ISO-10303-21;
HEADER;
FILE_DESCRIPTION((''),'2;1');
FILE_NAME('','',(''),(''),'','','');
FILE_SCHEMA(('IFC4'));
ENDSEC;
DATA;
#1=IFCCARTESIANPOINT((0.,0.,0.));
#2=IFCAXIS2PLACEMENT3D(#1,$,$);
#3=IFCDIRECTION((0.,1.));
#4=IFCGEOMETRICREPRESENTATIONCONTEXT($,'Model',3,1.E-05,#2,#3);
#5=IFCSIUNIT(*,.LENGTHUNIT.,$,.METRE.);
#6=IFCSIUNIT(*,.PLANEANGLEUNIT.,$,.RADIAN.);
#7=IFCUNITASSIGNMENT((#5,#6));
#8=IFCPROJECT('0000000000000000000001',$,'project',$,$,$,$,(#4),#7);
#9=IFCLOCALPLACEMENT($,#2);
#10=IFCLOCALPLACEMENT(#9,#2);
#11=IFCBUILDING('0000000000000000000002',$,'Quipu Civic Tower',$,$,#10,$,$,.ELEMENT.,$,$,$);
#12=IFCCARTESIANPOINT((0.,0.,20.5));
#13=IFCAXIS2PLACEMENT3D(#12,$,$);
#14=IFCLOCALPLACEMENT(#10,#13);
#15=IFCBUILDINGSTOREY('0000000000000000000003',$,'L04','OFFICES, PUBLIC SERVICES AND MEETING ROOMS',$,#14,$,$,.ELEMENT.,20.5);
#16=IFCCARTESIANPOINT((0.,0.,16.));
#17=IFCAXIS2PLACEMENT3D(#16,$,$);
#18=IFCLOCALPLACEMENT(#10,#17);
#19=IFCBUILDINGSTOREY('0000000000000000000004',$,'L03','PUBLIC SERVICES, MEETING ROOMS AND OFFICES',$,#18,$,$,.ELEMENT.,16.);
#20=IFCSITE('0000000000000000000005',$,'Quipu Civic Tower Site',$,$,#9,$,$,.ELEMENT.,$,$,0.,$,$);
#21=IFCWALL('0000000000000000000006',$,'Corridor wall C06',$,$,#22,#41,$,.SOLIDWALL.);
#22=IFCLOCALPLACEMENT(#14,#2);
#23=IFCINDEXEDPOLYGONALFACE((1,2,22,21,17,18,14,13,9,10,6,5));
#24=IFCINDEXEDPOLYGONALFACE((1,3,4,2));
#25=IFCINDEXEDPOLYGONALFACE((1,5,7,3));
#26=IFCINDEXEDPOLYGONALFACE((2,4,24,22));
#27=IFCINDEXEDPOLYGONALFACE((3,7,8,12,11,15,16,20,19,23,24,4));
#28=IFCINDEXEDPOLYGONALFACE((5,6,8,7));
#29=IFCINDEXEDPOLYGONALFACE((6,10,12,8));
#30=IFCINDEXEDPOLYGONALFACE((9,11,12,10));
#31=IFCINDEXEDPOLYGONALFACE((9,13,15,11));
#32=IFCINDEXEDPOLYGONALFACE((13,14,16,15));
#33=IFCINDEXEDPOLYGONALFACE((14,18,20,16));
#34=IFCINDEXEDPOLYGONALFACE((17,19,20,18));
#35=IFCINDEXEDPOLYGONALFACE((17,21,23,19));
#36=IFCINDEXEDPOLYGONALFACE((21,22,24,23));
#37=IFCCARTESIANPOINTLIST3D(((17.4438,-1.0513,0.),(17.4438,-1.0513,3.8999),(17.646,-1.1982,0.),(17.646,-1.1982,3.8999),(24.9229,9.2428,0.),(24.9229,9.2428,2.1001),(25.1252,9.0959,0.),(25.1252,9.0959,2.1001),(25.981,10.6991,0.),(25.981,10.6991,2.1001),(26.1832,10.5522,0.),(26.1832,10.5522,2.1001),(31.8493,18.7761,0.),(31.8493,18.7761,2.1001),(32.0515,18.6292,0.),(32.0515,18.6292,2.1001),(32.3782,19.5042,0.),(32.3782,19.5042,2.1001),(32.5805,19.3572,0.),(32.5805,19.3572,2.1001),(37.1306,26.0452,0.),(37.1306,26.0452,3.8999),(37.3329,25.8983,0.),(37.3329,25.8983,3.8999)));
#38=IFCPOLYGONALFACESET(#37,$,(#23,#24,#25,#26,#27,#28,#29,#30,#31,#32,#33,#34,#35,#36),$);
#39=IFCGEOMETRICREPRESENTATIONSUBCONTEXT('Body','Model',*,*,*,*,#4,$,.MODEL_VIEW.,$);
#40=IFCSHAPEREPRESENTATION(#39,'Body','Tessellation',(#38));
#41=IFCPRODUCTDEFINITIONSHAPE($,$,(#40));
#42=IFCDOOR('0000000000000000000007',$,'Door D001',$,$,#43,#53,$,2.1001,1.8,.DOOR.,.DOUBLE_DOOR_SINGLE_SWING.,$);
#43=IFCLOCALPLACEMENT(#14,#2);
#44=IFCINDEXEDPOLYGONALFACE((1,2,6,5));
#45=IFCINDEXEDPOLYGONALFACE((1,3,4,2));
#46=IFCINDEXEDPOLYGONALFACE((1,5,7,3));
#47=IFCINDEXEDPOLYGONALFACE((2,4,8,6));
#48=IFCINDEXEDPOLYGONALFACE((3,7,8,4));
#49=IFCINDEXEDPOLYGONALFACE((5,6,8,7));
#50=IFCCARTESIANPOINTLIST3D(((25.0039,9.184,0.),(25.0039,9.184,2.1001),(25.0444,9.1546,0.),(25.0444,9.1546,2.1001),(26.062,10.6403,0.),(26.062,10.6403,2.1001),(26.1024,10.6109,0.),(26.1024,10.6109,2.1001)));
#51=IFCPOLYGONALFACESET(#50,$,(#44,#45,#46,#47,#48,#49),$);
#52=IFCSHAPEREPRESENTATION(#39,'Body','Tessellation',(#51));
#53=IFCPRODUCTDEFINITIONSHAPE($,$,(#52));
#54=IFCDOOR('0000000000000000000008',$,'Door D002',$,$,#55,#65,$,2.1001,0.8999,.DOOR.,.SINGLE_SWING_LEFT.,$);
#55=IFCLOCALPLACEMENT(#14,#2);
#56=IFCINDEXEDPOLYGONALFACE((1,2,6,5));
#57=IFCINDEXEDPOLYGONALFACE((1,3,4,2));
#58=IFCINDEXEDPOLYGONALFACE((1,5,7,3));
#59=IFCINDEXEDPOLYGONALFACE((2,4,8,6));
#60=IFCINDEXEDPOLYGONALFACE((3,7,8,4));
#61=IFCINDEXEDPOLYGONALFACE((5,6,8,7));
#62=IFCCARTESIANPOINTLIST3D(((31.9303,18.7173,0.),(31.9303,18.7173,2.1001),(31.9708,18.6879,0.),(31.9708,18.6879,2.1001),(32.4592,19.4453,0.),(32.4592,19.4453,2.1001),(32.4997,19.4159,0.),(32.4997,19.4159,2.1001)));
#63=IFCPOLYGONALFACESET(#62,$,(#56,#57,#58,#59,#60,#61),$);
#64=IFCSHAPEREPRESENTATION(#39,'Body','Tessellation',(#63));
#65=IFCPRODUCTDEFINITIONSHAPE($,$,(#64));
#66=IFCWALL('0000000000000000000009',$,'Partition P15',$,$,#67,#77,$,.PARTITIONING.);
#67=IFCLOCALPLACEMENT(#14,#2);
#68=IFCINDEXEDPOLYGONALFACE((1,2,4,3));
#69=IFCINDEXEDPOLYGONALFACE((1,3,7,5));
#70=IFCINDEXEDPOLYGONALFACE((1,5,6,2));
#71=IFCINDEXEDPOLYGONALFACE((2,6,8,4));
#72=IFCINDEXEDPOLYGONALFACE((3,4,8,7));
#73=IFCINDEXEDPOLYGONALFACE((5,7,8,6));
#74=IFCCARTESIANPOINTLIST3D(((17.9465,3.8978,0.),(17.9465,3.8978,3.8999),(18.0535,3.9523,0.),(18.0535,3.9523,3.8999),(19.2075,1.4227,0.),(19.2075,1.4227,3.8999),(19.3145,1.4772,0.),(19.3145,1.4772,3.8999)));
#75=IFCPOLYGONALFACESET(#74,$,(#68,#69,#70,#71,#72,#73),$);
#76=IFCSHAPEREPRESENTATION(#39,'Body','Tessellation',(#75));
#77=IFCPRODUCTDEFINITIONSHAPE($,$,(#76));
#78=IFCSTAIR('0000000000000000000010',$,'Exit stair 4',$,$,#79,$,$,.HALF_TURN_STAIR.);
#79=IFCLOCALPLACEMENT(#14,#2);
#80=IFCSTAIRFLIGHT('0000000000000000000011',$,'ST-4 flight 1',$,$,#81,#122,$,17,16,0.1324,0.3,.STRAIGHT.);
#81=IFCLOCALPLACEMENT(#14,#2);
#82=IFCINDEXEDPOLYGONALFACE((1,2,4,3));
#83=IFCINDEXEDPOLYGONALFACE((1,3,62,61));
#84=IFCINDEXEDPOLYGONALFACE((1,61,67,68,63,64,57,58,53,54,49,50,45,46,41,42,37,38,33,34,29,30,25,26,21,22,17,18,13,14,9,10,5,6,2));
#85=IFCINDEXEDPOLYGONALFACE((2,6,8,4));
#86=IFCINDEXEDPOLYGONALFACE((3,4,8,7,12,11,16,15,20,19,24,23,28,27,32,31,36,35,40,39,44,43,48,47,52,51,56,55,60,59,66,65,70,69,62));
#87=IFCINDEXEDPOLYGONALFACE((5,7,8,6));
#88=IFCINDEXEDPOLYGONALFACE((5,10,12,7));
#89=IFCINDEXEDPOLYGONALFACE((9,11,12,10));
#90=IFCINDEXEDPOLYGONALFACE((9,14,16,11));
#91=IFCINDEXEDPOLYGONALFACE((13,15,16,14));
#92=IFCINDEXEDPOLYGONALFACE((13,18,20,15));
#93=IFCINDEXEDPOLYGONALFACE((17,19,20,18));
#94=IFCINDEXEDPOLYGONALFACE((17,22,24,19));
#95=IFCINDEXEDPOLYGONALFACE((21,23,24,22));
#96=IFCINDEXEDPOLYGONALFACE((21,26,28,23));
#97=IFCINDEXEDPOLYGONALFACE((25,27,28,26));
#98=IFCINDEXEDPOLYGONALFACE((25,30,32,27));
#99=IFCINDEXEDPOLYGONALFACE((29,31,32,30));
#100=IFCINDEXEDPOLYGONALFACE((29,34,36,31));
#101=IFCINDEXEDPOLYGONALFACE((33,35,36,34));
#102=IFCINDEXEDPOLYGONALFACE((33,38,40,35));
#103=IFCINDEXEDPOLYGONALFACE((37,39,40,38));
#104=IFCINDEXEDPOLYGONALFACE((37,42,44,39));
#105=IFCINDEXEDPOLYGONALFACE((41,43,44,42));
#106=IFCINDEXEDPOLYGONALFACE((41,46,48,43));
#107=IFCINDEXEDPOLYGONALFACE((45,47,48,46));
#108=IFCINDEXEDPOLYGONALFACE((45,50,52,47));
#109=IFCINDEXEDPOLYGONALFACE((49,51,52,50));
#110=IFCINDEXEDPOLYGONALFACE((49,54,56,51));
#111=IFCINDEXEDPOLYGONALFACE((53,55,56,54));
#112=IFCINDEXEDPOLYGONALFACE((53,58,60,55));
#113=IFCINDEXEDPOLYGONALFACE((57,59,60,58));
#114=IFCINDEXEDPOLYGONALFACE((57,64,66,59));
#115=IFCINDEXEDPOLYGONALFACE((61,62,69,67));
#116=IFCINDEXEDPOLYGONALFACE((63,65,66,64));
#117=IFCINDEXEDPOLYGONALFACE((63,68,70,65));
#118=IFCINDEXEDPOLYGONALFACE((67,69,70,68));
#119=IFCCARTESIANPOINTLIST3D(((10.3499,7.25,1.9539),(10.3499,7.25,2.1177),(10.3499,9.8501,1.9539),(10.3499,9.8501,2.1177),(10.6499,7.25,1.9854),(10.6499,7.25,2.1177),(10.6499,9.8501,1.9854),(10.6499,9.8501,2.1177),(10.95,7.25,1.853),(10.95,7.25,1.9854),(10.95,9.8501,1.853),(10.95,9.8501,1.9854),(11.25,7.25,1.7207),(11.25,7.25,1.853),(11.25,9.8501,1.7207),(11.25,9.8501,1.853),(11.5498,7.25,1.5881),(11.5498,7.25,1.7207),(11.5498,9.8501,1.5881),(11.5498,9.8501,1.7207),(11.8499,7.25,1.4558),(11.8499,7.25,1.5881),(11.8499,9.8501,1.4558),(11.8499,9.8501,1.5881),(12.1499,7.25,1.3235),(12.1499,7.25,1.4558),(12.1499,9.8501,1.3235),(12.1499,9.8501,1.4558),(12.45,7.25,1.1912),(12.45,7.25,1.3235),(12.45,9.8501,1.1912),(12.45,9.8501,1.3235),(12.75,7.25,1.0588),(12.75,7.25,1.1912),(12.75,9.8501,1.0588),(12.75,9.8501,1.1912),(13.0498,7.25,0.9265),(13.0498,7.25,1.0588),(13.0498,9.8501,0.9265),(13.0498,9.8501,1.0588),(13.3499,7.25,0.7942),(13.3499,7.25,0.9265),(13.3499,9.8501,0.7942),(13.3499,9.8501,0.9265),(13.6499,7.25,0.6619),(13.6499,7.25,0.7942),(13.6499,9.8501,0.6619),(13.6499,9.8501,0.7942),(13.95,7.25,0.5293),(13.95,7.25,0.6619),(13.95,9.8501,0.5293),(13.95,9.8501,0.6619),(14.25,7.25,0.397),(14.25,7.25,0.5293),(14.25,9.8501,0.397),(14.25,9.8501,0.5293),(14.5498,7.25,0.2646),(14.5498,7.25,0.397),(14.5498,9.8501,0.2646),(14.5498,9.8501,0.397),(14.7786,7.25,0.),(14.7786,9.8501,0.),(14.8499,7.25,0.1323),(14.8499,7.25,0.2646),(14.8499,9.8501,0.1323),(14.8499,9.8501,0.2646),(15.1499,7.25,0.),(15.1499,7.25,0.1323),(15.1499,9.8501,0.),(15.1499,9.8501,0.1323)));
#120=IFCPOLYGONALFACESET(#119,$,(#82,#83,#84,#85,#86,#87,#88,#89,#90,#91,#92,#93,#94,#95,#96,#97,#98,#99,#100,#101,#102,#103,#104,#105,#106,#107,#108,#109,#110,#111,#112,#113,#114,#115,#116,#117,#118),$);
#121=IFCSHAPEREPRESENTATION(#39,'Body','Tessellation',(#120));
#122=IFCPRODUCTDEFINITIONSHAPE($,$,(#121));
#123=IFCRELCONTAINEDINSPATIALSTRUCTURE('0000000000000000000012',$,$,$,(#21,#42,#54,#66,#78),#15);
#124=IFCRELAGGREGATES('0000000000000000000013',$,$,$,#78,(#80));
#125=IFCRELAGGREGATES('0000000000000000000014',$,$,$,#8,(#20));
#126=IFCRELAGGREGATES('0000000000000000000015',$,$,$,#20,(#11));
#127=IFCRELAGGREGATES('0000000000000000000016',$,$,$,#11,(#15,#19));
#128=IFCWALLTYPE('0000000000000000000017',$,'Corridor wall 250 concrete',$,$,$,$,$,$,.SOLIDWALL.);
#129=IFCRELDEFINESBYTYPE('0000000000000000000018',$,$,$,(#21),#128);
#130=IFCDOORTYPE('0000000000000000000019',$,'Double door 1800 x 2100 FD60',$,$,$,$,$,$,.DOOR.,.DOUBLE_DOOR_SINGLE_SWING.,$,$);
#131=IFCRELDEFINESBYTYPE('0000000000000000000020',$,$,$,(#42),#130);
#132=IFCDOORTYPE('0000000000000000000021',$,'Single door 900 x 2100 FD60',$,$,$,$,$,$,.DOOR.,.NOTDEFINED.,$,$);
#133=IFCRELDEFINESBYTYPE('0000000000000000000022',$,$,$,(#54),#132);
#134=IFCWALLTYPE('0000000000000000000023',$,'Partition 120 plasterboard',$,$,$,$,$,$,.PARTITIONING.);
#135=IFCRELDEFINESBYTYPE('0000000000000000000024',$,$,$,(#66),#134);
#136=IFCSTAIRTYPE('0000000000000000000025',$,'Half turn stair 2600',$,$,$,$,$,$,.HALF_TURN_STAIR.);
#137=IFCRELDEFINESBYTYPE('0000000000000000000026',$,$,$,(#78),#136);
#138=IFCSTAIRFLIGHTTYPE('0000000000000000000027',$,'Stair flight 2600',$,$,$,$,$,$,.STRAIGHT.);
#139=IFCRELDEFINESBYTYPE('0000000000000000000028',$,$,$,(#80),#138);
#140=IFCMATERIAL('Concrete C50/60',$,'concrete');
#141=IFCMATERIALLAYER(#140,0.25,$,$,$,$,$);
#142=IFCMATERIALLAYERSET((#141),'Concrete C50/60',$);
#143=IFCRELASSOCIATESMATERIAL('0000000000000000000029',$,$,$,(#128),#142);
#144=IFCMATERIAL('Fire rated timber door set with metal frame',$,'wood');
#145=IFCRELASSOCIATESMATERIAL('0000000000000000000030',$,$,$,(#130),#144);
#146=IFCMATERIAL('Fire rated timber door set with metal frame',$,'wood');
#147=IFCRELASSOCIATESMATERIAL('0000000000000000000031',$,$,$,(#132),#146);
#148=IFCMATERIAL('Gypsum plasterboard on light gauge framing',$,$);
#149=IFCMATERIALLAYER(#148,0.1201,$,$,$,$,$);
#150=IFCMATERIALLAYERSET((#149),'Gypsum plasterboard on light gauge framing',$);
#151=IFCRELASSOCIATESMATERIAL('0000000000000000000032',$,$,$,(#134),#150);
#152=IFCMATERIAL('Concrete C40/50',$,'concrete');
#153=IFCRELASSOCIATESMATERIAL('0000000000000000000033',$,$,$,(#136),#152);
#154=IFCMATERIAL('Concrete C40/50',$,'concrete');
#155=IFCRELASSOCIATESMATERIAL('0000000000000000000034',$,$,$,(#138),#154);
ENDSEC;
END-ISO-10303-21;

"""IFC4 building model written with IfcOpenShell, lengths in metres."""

from ifc_helpers import new_model, si_unit, direction, frame, frame_2d, origin, place, context, subcontext, project, spatial, polyline, rectangle, outline, extrude, material, layer, layer_set, type_object, element, fill, aggregate, save


model = new_model("IFC4")

# Units and contexts
model_context = context("Model", 3, precision=1e-05, world=origin(), true_north=direction((0.0, 1.0)))
body_context = subcontext(model_context, "Body", "Model", "MODEL_VIEW")
ifc_project = project(units=[si_unit("LENGTHUNIT", "METRE"), si_unit("PLANEANGLEUNIT", "RADIAN")], contexts=[model_context])

# Site, building, storey
site_placement = place(None, origin())
site = spatial("IfcSite", under=ifc_project, at=site_placement, Name="Quipu Civic Tower Site", CompositionType="ELEMENT", RefElevation=0.0)
building_placement = place(site_placement, origin())
building = spatial("IfcBuilding", under=site, at=building_placement, Name="Quipu Civic Tower", CompositionType="ELEMENT")
storey_1_placement = place(building_placement, frame((0.0, 0.0, 20.5)))
storey_1 = spatial("IfcBuildingStorey", under=building, at=storey_1_placement, Name="L04", Description="OFFICES, PUBLIC SERVICES AND MEETING ROOMS", CompositionType="ELEMENT", Elevation=20.5)

# Shared definitions
storey_2_placement = place(building_placement, frame((0.0, 0.0, 16.0)))
storey_2 = spatial("IfcBuildingStorey", under=building, at=storey_2_placement, Name="L03", Description="PUBLIC SERVICES, MEETING ROOMS AND OFFICES", CompositionType="ELEMENT", Elevation=16.0)

# Wall, openings, doors
ifc_material_1 = material(Name="Concrete C50/60", Category="concrete")
ifc_layer_1 = layer(ifc_material_1, 0.25)
ifc_layer_set_1 = layer_set([ifc_layer_1], Name="Concrete C50/60")
wall_type_1 = type_object("IfcWallType", Name="Corridor wall 250 concrete", PredefinedType="SOLIDWALL", material=ifc_layer_set_1)
wall_1_placement = place(storey_1_placement, frame((17.5449, -1.1248, 0.0), z_axis=(0.0, 0.0, 1.0), x_axis=(0.587786, 0.809016, 0.0)))
wall_1 = element("IfcWall", 1, at=wall_1_placement, inside=storey_1, type_object=wall_type_1, Name="Corridor wall C06", PredefinedType="SOLIDWALL", context=body_context, shape_type="SweptSolid", body=[
    extrude(rectangle(XDim=33.4932, YDim=0.25, at=frame_2d((16.7466, 0.0))), origin(), (0.0, 0.0, 1.0), 3.8999),
])
opening_1_placement = place(wall_1_placement, frame((24.5081, 0.0, 0.0)))
opening_1 = element("IfcOpeningElement", 2, at=opening_1_placement, cuts=wall_1, PredefinedType="OPENING", context=body_context, shape_type="SweptSolid", body=[
    extrude(rectangle(XDim=0.8999, YDim=2.1001, at=frame_2d((0.45, 1.05))), frame((0.0, 0.135, 0.0), z_axis=(0.0, -1.0, 0.0), x_axis=(1.0, 0.0, 0.0)), (0.0, 0.0, 1.0), 0.27),
])
opening_2_placement = place(wall_1_placement, frame((12.7244, 0.0, 0.0)))
opening_2 = element("IfcOpeningElement", 3, at=opening_2_placement, cuts=wall_1, PredefinedType="OPENING", context=body_context, shape_type="SweptSolid", body=[
    extrude(rectangle(XDim=1.8, YDim=2.1001, at=frame_2d((0.8999, 1.05))), frame((0.0, 0.135, 0.0), z_axis=(0.0, -1.0, 0.0), x_axis=(1.0, 0.0, 0.0)), (0.0, 0.0, 1.0), 0.27),
])
ifc_material_2 = material(Name="Fire rated timber door set with metal frame", Category="wood")
door_type_1 = type_object("IfcDoorType", Name="Double door 1800 x 2100 FD60", OperationType="DOUBLE_DOOR_SINGLE_SWING", PredefinedType="DOOR", material=ifc_material_2)
door_1_placement = place(opening_2_placement, origin())
door_1 = element("IfcDoor", 4, at=door_1_placement, inside=storey_1, type_object=door_type_1, Name="Door D001", OperationType="DOUBLE_DOOR_SINGLE_SWING", OverallHeight=2.1001, OverallWidth=1.8, PredefinedType="DOOR", context=body_context, shape_type="SweptSolid", body=[
    extrude(rectangle(XDim=1.8, YDim=2.1001, at=frame_2d((0.8999, 1.05))), frame((0.0, 0.0249, 0.0), z_axis=(0.0, -1.0, 0.0), x_axis=(1.0, 0.0, 0.0)), (0.0, 0.0, 1.0), 0.05),
])
fill(opening_2, door_1)
ifc_material_3 = material(Name="Fire rated timber door set with metal frame", Category="wood")
door_type_2 = type_object("IfcDoorType", Name="Single door 900 x 2100 FD60", OperationType="NOTDEFINED", PredefinedType="DOOR", material=ifc_material_3)
door_2_placement = place(opening_1_placement, origin())
door_2 = element("IfcDoor", 5, at=door_2_placement, inside=storey_1, type_object=door_type_2, Name="Door D002", OperationType="SINGLE_SWING_LEFT", OverallHeight=2.1001, OverallWidth=0.8999, PredefinedType="DOOR", context=body_context, shape_type="SweptSolid", body=[
    extrude(rectangle(XDim=0.8999, YDim=2.1001, at=frame_2d((0.45, 1.05))), frame((0.0, 0.0249, 0.0), z_axis=(0.0, -1.0, 0.0), x_axis=(1.0, 0.0, 0.0)), (0.0, 0.0, 1.0), 0.05),
])
fill(opening_1, door_2)

# Wall
ifc_material_4 = material(Name="Gypsum plasterboard on light gauge framing")
ifc_layer_2 = layer(ifc_material_4, 0.1201)
ifc_layer_set_2 = layer_set([ifc_layer_2], Name="Gypsum plasterboard on light gauge framing")
wall_type_2 = type_object("IfcWallType", Name="Partition 120 plasterboard", PredefinedType="PARTITIONING", material=ifc_layer_set_2)
wall_2_placement = place(storey_1_placement, frame((18.0, 3.925, 0.0), z_axis=(0.0, 0.0, 1.0), x_axis=(0.453951, -0.891027, 0.0)))
element("IfcWall", 6, at=wall_2_placement, inside=storey_1, type_object=wall_type_2, Name="Partition P15", PredefinedType="PARTITIONING", context=body_context, shape_type="SweptSolid", body=[
    extrude(rectangle(XDim=2.7778, YDim=0.1201, at=frame_2d((1.3889, 0.0))), origin(), (0.0, 0.0, 1.0), 3.8999),
])

# Stair, stair flight
ifc_material_5 = material(Name="Concrete C40/50", Category="concrete")
stair_type = type_object("IfcStairType", Name="Half turn stair 2600", PredefinedType="HALF_TURN_STAIR", material=ifc_material_5)
stair_placement = place(storey_1_placement, origin())
stair = element("IfcStair", 7, at=stair_placement, inside=storey_1, type_object=stair_type, Name="Exit stair 4", PredefinedType="HALF_TURN_STAIR")
ifc_material_6 = material(Name="Concrete C40/50", Category="concrete")
stair_flight_type = type_object("IfcStairFlightType", Name="Stair flight 2600", PredefinedType="STRAIGHT", material=ifc_material_6)
stair_flight_placement = place(storey_1_placement, frame((15.1499, 8.55, 0.0), z_axis=(0.0, 0.0, 1.0), x_axis=(-1.0, 0.0, 0.0)))
stair_flight = element("IfcStairFlight", 8, at=stair_flight_placement, type_object=stair_flight_type, Name="ST-4 flight 1", NumberOfRisers=17, NumberOfTreads=16, PredefinedType="STRAIGHT", RiserHeight=0.1324, TreadLength=0.3, context=body_context, shape_type="SweptSolid", body=[
    extrude(outline(polyline([(0.0, 0.0), (0.0, 0.1323), (0.3, 0.1323), (0.3, 0.2646), (0.6001, 0.2646), (0.6001, 0.397), (0.8999, 0.397), (0.8999, 0.5293), (1.2, 0.5293), (1.2, 0.6619), (1.5, 0.6619), (1.5, 0.7942), (1.8, 0.7942), (1.8, 0.9265), (2.1001, 0.9265), (2.1001, 1.0588), (2.3999, 1.0588), (2.3999, 1.1912), (2.7, 1.1912), (2.7, 1.3235), (3.0, 1.3235), (3.0, 1.4558), (3.3, 1.4558), (3.3, 1.5881), (3.6001, 1.5881), (3.6001, 1.7207), (3.8999, 1.7207), (3.8999, 1.853), (4.2, 1.853), (4.2, 1.9854), (4.5, 1.9854), (4.5, 2.1177), (4.8, 2.1177), (4.8, 2.25), (4.8, 1.9539), (0.3713, 0.0), (0.0, 0.0)])), frame((0.0, 1.3, 0.0), z_axis=(0.0, -1.0, 0.0), x_axis=(1.0, 0.0, 0.0)), (0.0, 0.0, 1.0), 2.6001),
])
aggregate(stair, [stair_flight])

save(model, "model.ifc")
